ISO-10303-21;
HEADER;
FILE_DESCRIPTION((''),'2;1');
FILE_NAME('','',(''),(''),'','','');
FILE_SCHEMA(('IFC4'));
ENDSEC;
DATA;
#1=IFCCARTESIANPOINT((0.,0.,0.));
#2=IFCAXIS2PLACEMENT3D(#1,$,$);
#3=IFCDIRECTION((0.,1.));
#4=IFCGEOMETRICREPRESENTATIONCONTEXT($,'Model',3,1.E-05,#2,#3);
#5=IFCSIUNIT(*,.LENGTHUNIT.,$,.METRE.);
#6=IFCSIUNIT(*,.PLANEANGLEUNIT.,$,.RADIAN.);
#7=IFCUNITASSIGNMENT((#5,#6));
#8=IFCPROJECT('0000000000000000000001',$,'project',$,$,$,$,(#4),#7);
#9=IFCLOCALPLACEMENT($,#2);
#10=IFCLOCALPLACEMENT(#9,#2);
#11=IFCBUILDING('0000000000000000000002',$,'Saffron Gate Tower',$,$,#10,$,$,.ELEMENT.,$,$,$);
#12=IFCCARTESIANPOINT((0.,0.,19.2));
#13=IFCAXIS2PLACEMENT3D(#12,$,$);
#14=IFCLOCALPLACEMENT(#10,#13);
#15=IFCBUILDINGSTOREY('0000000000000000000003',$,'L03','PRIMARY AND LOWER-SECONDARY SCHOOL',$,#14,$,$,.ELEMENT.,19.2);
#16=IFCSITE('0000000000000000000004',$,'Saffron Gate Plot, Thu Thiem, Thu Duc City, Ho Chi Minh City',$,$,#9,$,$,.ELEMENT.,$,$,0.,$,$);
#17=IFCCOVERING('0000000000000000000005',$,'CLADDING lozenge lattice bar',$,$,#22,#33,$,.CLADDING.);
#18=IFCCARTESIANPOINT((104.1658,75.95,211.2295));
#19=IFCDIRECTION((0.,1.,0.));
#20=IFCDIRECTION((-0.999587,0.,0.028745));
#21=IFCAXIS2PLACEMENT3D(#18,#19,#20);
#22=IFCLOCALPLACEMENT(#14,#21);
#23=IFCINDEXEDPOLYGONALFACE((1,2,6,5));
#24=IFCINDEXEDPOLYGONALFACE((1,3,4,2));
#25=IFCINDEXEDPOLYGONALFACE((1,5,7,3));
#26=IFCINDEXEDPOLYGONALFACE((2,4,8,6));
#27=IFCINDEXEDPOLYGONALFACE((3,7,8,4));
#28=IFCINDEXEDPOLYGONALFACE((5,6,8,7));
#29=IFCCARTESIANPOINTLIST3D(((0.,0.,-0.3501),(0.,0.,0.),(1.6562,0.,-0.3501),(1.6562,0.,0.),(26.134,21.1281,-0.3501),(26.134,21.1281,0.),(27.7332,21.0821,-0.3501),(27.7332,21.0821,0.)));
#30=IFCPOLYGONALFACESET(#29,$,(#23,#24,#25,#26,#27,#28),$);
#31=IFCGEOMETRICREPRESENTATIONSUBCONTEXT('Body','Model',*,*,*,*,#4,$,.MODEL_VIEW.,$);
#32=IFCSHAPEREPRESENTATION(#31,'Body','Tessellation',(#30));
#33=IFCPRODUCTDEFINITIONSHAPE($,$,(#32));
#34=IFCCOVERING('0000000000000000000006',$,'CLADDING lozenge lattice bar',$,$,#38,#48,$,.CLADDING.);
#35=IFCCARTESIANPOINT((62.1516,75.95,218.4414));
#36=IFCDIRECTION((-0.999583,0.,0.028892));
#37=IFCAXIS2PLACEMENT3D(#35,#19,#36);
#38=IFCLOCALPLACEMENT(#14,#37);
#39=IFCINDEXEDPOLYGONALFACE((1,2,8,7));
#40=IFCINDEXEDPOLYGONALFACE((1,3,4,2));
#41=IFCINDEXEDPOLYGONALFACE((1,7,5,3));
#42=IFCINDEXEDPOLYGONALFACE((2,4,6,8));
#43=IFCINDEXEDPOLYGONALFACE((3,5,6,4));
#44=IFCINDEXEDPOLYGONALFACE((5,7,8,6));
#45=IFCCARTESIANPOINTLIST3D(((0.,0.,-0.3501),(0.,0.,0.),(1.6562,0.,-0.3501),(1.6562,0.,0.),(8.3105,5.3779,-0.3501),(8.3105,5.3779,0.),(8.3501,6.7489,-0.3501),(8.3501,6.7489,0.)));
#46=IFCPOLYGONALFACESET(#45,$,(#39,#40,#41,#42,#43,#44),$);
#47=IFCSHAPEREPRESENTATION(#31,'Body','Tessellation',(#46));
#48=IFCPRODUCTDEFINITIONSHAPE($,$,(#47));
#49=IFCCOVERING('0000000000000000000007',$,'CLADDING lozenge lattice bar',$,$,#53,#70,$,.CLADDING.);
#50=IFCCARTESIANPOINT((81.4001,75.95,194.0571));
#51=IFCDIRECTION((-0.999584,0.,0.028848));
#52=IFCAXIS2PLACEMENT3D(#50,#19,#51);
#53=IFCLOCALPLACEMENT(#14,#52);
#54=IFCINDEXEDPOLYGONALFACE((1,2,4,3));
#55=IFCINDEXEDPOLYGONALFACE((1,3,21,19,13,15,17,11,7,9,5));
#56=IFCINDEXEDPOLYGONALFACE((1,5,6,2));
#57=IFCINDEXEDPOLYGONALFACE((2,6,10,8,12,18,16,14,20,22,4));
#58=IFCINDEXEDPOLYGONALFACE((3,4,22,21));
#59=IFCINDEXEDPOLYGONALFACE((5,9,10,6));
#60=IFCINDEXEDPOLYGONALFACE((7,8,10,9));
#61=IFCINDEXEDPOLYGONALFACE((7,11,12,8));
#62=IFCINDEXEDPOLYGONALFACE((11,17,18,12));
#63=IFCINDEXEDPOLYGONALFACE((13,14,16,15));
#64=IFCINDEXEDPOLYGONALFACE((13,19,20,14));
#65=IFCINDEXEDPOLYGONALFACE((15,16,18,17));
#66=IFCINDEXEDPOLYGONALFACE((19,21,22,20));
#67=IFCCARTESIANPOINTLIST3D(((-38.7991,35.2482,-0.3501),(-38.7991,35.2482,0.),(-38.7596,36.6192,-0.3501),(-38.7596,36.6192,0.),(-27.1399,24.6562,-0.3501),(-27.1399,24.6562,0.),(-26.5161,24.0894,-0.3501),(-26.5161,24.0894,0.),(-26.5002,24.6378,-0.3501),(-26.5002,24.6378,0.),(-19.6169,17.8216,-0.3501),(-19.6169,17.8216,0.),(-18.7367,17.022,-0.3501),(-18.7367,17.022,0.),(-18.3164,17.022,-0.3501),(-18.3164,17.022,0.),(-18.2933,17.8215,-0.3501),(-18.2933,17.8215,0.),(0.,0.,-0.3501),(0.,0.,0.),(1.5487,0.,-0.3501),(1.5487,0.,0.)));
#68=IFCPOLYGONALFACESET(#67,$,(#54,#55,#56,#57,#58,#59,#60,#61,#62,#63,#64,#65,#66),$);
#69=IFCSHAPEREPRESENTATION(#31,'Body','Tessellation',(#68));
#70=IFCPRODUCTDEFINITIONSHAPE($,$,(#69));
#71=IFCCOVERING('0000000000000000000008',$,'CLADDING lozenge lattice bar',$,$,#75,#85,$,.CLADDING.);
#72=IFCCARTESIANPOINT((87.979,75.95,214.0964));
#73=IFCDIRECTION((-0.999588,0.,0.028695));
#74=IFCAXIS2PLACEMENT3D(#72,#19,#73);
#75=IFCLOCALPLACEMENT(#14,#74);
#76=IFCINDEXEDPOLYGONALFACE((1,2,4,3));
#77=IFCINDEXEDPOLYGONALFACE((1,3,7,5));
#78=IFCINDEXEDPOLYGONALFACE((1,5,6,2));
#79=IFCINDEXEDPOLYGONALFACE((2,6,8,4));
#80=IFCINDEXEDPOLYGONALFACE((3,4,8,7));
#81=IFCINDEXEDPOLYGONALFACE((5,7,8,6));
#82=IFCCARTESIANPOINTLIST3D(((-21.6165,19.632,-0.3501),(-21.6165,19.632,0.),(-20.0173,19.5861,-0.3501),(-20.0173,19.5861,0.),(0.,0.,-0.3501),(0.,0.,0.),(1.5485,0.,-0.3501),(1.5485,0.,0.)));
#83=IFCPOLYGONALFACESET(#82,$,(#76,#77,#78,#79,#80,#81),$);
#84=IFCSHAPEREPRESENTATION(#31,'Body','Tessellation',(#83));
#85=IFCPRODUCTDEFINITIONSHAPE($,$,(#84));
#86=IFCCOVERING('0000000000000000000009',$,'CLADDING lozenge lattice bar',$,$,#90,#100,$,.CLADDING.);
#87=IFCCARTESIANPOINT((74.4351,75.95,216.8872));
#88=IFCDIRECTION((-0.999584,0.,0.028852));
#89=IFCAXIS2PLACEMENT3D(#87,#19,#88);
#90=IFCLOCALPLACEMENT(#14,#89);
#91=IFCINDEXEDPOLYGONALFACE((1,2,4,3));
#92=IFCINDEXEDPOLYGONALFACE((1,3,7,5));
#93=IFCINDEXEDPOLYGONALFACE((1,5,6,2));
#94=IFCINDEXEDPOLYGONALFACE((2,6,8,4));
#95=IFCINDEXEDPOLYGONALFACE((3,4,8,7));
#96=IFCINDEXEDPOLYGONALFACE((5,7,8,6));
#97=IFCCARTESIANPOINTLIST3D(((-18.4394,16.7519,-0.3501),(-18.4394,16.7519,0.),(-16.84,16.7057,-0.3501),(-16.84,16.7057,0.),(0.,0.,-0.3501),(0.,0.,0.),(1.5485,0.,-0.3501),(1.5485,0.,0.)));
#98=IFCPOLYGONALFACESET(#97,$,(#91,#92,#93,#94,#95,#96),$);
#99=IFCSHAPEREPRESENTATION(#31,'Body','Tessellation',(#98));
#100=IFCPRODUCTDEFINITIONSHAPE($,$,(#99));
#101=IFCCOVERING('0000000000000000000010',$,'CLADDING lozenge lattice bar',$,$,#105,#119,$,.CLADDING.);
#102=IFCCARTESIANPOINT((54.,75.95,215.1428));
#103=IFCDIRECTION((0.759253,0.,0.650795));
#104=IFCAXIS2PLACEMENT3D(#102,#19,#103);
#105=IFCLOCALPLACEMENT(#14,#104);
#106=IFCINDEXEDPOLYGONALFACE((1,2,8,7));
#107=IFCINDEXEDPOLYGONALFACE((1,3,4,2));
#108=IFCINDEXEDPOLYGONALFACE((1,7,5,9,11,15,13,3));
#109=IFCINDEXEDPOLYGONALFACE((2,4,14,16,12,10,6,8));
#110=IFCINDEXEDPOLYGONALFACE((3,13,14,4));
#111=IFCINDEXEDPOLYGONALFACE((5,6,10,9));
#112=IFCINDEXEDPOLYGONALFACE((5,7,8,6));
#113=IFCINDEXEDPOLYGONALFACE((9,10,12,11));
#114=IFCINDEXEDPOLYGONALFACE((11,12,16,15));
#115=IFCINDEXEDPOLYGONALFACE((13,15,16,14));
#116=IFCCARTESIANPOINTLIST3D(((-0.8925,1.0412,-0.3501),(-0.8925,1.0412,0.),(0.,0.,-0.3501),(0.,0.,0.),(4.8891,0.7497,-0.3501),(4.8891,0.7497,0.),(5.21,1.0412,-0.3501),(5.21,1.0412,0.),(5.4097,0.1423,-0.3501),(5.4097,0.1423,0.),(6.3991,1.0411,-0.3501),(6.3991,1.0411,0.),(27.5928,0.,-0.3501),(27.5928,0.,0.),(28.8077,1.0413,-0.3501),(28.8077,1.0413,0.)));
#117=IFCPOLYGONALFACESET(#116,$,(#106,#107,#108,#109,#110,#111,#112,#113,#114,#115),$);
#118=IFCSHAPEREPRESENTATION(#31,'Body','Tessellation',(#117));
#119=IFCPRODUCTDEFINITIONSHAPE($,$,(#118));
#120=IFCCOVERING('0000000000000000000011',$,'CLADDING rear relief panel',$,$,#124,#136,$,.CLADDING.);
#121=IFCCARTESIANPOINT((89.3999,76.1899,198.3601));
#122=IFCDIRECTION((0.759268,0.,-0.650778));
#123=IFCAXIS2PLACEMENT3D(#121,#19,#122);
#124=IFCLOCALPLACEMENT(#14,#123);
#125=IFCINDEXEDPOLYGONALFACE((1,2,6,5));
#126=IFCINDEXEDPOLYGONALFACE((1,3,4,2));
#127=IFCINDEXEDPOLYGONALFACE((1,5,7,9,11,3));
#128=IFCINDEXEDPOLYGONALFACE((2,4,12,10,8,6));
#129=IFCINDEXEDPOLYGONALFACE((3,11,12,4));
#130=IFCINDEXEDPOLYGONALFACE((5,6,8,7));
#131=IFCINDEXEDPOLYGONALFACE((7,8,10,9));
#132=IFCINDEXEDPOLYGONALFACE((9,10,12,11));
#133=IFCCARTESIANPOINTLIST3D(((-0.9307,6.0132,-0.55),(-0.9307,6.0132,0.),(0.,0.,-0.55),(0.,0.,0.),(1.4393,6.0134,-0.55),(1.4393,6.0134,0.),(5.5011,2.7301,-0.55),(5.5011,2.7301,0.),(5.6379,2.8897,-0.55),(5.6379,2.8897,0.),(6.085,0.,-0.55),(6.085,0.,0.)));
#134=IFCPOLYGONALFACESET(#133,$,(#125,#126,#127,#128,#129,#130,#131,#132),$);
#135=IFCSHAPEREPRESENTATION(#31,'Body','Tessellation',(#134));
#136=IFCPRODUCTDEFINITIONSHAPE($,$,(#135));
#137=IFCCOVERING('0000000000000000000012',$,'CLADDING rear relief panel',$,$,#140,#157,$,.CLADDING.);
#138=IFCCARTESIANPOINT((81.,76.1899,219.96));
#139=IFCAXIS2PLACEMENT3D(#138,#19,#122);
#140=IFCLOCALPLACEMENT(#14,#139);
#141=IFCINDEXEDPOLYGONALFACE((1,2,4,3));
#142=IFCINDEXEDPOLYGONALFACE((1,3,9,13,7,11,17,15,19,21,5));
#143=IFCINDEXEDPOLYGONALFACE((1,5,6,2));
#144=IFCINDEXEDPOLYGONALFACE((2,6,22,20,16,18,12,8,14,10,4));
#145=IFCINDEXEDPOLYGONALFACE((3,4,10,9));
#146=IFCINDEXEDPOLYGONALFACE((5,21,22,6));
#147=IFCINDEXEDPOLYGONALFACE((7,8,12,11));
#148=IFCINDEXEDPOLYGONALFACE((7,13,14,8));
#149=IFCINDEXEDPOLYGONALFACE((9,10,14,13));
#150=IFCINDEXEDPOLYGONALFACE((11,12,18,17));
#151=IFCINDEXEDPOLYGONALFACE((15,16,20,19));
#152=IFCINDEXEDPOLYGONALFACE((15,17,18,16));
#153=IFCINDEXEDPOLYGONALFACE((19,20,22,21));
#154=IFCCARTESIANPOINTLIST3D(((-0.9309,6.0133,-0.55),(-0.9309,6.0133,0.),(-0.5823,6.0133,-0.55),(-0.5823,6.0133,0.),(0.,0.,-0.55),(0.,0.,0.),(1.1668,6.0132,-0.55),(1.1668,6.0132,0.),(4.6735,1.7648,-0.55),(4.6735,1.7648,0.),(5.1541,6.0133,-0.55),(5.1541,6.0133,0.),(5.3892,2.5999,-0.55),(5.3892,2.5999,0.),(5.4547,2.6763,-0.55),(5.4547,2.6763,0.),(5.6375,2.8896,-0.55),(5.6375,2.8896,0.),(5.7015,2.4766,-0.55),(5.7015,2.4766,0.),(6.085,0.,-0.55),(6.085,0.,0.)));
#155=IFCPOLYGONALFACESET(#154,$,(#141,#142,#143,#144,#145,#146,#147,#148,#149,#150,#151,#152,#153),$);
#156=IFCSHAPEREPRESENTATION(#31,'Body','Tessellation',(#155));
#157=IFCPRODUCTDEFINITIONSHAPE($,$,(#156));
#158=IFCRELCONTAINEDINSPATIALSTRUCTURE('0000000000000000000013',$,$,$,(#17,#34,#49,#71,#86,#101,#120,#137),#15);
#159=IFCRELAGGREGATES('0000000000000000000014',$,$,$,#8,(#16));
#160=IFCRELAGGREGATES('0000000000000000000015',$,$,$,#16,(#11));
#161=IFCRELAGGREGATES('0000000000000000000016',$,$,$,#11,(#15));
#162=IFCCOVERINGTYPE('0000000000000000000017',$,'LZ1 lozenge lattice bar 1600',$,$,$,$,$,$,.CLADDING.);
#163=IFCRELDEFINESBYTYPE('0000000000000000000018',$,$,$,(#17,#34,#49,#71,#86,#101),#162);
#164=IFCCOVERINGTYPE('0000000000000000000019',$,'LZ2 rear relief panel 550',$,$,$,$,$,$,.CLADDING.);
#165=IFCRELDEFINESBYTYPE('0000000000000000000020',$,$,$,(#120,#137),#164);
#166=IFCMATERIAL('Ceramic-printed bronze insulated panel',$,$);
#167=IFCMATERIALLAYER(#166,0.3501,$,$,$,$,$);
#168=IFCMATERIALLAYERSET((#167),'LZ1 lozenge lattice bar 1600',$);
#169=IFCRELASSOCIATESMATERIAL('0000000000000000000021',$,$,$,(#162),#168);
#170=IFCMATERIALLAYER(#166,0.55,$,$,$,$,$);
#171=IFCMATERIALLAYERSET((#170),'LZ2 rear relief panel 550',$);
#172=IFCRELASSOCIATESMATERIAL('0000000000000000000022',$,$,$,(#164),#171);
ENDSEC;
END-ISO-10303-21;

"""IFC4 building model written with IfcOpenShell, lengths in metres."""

from ifc_helpers import new_model, si_unit, direction, frame, origin, place, context, subcontext, project, spatial, polyline, outline, extrude, material, layer, layer_set, type_object, element, save


model = new_model("IFC4")

# Units and contexts
model_context = context("Model", 3, precision=1e-05, world=origin(), true_north=direction((0.0, 1.0)))
body_context = subcontext(model_context, "Body", "Model", "MODEL_VIEW")
ifc_project = project(units=[si_unit("LENGTHUNIT", "METRE"), si_unit("PLANEANGLEUNIT", "RADIAN")], contexts=[model_context])

# Site, building, storey
site_placement = place(None, origin())
site = spatial("IfcSite", under=ifc_project, at=site_placement, Name="Saffron Gate Plot, Thu Thiem, Thu Duc City, Ho Chi Minh City", CompositionType="ELEMENT", RefElevation=0.0)
building_placement = place(site_placement, origin())
building = spatial("IfcBuilding", under=site, at=building_placement, Name="Saffron Gate Tower", CompositionType="ELEMENT")
storey_placement = place(building_placement, frame((0.0, 0.0, 19.2)))
storey = spatial("IfcBuildingStorey", under=building, at=storey_placement, Name="L03", Description="PRIMARY AND LOWER-SECONDARY SCHOOL", CompositionType="ELEMENT", Elevation=19.2)

# Coverings
ifc_material = material(Name="Ceramic-printed bronze insulated panel")
ifc_layer_1 = layer(ifc_material, 0.3501)
ifc_layer_set_1 = layer_set([ifc_layer_1], Name="LZ1 lozenge lattice bar 1600")
covering_type_1 = type_object("IfcCoveringType", Name="LZ1 lozenge lattice bar 1600", PredefinedType="CLADDING", material=ifc_layer_set_1)
covering_1_placement = place(storey_placement, frame((104.1658, 75.95, 211.2295), z_axis=(0.0, 1.0, 0.0), x_axis=(-0.999587, 0.0, 0.028745)))
element("IfcCovering", 1, at=covering_1_placement, inside=storey, type_object=covering_type_1, Name="CLADDING lozenge lattice bar", PredefinedType="CLADDING", context=body_context, shape_type="SweptSolid", body=[
    extrude(outline(polyline([(0.0, 0.0), (1.6562, 0.0), (27.7332, 21.0821), (26.134, 21.1281), (0.0, 0.0)])), origin(), (0.0, 0.0, -1.0), 0.3501),
])
covering_2_placement = place(storey_placement, frame((62.1516, 75.95, 218.4414), z_axis=(0.0, 1.0, 0.0), x_axis=(-0.999583, 0.0, 0.028892)))
element("IfcCovering", 2, at=covering_2_placement, inside=storey, type_object=covering_type_1, Name="CLADDING lozenge lattice bar", PredefinedType="CLADDING", context=body_context, shape_type="SweptSolid", body=[
    extrude(outline(polyline([(0.0, 0.0), (1.6562, 0.0), (8.3105, 5.3779), (8.3501, 6.7489), (0.0, 0.0)])), origin(), (0.0, 0.0, -1.0), 0.3501),
])
covering_3_placement = place(storey_placement, frame((81.4001, 75.95, 194.0571), z_axis=(0.0, 1.0, 0.0), x_axis=(-0.999584, 0.0, 0.028848)))
element("IfcCovering", 3, at=covering_3_placement, inside=storey, type_object=covering_type_1, Name="CLADDING lozenge lattice bar", PredefinedType="CLADDING", context=body_context, shape_type="SweptSolid", body=[
    extrude(outline(polyline([(0.0, 0.0), (1.5487, 0.0), (-38.7596, 36.6192), (-38.7991, 35.2482), (-27.1399, 24.6562), (-26.5002, 24.6378), (-26.5161, 24.0894), (-19.6169, 17.8216), (-18.2933, 17.8215), (-18.3164, 17.022), (-18.7367, 17.022), (0.0, 0.0)])), origin(), (0.0, 0.0, -1.0), 0.3501),
])
covering_4_placement = place(storey_placement, frame((87.979, 75.95, 214.0964), z_axis=(0.0, 1.0, 0.0), x_axis=(-0.999588, 0.0, 0.028695)))
element("IfcCovering", 4, at=covering_4_placement, inside=storey, type_object=covering_type_1, Name="CLADDING lozenge lattice bar", PredefinedType="CLADDING", context=body_context, shape_type="SweptSolid", body=[
    extrude(outline(polyline([(0.0, 0.0), (1.5485, 0.0), (-20.0173, 19.5861), (-21.6165, 19.632), (0.0, 0.0)])), origin(), (0.0, 0.0, -1.0), 0.3501),
])
covering_5_placement = place(storey_placement, frame((74.4351, 75.95, 216.8872), z_axis=(0.0, 1.0, 0.0), x_axis=(-0.999584, 0.0, 0.028852)))
element("IfcCovering", 5, at=covering_5_placement, inside=storey, type_object=covering_type_1, Name="CLADDING lozenge lattice bar", PredefinedType="CLADDING", context=body_context, shape_type="SweptSolid", body=[
    extrude(outline(polyline([(0.0, 0.0), (1.5485, 0.0), (-16.84, 16.7057), (-18.4394, 16.7519), (0.0, 0.0)])), origin(), (0.0, 0.0, -1.0), 0.3501),
])
covering_6_placement = place(storey_placement, frame((54.0, 75.95, 215.1428), z_axis=(0.0, 1.0, 0.0), x_axis=(0.759253, 0.0, 0.650795)))
element("IfcCovering", 6, at=covering_6_placement, inside=storey, type_object=covering_type_1, Name="CLADDING lozenge lattice bar", PredefinedType="CLADDING", context=body_context, shape_type="SweptSolid", body=[
    extrude(outline(polyline([(0.0, 0.0), (27.5928, 0.0), (28.8077, 1.0413), (6.3991, 1.0411), (5.4097, 0.1423), (4.8891, 0.7497), (5.21, 1.0412), (-0.8925, 1.0412), (0.0, 0.0)])), origin(), (0.0, 0.0, -1.0), 0.3501),
])
ifc_layer_2 = layer(ifc_material, 0.55)
ifc_layer_set_2 = layer_set([ifc_layer_2], Name="LZ2 rear relief panel 550")
covering_type_2 = type_object("IfcCoveringType", Name="LZ2 rear relief panel 550", PredefinedType="CLADDING", material=ifc_layer_set_2)
covering_7_placement = place(storey_placement, frame((89.3999, 76.1899, 198.3601), z_axis=(0.0, 1.0, 0.0), x_axis=(0.759268, 0.0, -0.650778)))
element("IfcCovering", 7, at=covering_7_placement, inside=storey, type_object=covering_type_2, Name="CLADDING rear relief panel", PredefinedType="CLADDING", context=body_context, shape_type="SweptSolid", body=[
    extrude(outline(polyline([(0.0, 0.0), (6.085, 0.0), (5.6379, 2.8897), (5.5011, 2.7301), (1.4393, 6.0134), (-0.9307, 6.0132), (0.0, 0.0)])), origin(), (0.0, 0.0, -1.0), 0.55),
])
covering_8_placement = place(storey_placement, frame((81.0, 76.1899, 219.96), z_axis=(0.0, 1.0, 0.0), x_axis=(0.759268, 0.0, -0.650778)))
element("IfcCovering", 8, at=covering_8_placement, inside=storey, type_object=covering_type_2, Name="CLADDING rear relief panel", PredefinedType="CLADDING", context=body_context, shape_type="SweptSolid", body=[
    extrude(outline(polyline([(0.0, 0.0), (6.085, 0.0), (5.7015, 2.4766), (5.4547, 2.6763), (5.6375, 2.8896), (5.1541, 6.0133), (1.1668, 6.0132), (5.3892, 2.5999), (4.6735, 1.7648), (-0.5823, 6.0133), (-0.9309, 6.0133), (0.0, 0.0)])), origin(), (0.0, 0.0, -1.0), 0.55),
])

save(model, "model.ifc")
